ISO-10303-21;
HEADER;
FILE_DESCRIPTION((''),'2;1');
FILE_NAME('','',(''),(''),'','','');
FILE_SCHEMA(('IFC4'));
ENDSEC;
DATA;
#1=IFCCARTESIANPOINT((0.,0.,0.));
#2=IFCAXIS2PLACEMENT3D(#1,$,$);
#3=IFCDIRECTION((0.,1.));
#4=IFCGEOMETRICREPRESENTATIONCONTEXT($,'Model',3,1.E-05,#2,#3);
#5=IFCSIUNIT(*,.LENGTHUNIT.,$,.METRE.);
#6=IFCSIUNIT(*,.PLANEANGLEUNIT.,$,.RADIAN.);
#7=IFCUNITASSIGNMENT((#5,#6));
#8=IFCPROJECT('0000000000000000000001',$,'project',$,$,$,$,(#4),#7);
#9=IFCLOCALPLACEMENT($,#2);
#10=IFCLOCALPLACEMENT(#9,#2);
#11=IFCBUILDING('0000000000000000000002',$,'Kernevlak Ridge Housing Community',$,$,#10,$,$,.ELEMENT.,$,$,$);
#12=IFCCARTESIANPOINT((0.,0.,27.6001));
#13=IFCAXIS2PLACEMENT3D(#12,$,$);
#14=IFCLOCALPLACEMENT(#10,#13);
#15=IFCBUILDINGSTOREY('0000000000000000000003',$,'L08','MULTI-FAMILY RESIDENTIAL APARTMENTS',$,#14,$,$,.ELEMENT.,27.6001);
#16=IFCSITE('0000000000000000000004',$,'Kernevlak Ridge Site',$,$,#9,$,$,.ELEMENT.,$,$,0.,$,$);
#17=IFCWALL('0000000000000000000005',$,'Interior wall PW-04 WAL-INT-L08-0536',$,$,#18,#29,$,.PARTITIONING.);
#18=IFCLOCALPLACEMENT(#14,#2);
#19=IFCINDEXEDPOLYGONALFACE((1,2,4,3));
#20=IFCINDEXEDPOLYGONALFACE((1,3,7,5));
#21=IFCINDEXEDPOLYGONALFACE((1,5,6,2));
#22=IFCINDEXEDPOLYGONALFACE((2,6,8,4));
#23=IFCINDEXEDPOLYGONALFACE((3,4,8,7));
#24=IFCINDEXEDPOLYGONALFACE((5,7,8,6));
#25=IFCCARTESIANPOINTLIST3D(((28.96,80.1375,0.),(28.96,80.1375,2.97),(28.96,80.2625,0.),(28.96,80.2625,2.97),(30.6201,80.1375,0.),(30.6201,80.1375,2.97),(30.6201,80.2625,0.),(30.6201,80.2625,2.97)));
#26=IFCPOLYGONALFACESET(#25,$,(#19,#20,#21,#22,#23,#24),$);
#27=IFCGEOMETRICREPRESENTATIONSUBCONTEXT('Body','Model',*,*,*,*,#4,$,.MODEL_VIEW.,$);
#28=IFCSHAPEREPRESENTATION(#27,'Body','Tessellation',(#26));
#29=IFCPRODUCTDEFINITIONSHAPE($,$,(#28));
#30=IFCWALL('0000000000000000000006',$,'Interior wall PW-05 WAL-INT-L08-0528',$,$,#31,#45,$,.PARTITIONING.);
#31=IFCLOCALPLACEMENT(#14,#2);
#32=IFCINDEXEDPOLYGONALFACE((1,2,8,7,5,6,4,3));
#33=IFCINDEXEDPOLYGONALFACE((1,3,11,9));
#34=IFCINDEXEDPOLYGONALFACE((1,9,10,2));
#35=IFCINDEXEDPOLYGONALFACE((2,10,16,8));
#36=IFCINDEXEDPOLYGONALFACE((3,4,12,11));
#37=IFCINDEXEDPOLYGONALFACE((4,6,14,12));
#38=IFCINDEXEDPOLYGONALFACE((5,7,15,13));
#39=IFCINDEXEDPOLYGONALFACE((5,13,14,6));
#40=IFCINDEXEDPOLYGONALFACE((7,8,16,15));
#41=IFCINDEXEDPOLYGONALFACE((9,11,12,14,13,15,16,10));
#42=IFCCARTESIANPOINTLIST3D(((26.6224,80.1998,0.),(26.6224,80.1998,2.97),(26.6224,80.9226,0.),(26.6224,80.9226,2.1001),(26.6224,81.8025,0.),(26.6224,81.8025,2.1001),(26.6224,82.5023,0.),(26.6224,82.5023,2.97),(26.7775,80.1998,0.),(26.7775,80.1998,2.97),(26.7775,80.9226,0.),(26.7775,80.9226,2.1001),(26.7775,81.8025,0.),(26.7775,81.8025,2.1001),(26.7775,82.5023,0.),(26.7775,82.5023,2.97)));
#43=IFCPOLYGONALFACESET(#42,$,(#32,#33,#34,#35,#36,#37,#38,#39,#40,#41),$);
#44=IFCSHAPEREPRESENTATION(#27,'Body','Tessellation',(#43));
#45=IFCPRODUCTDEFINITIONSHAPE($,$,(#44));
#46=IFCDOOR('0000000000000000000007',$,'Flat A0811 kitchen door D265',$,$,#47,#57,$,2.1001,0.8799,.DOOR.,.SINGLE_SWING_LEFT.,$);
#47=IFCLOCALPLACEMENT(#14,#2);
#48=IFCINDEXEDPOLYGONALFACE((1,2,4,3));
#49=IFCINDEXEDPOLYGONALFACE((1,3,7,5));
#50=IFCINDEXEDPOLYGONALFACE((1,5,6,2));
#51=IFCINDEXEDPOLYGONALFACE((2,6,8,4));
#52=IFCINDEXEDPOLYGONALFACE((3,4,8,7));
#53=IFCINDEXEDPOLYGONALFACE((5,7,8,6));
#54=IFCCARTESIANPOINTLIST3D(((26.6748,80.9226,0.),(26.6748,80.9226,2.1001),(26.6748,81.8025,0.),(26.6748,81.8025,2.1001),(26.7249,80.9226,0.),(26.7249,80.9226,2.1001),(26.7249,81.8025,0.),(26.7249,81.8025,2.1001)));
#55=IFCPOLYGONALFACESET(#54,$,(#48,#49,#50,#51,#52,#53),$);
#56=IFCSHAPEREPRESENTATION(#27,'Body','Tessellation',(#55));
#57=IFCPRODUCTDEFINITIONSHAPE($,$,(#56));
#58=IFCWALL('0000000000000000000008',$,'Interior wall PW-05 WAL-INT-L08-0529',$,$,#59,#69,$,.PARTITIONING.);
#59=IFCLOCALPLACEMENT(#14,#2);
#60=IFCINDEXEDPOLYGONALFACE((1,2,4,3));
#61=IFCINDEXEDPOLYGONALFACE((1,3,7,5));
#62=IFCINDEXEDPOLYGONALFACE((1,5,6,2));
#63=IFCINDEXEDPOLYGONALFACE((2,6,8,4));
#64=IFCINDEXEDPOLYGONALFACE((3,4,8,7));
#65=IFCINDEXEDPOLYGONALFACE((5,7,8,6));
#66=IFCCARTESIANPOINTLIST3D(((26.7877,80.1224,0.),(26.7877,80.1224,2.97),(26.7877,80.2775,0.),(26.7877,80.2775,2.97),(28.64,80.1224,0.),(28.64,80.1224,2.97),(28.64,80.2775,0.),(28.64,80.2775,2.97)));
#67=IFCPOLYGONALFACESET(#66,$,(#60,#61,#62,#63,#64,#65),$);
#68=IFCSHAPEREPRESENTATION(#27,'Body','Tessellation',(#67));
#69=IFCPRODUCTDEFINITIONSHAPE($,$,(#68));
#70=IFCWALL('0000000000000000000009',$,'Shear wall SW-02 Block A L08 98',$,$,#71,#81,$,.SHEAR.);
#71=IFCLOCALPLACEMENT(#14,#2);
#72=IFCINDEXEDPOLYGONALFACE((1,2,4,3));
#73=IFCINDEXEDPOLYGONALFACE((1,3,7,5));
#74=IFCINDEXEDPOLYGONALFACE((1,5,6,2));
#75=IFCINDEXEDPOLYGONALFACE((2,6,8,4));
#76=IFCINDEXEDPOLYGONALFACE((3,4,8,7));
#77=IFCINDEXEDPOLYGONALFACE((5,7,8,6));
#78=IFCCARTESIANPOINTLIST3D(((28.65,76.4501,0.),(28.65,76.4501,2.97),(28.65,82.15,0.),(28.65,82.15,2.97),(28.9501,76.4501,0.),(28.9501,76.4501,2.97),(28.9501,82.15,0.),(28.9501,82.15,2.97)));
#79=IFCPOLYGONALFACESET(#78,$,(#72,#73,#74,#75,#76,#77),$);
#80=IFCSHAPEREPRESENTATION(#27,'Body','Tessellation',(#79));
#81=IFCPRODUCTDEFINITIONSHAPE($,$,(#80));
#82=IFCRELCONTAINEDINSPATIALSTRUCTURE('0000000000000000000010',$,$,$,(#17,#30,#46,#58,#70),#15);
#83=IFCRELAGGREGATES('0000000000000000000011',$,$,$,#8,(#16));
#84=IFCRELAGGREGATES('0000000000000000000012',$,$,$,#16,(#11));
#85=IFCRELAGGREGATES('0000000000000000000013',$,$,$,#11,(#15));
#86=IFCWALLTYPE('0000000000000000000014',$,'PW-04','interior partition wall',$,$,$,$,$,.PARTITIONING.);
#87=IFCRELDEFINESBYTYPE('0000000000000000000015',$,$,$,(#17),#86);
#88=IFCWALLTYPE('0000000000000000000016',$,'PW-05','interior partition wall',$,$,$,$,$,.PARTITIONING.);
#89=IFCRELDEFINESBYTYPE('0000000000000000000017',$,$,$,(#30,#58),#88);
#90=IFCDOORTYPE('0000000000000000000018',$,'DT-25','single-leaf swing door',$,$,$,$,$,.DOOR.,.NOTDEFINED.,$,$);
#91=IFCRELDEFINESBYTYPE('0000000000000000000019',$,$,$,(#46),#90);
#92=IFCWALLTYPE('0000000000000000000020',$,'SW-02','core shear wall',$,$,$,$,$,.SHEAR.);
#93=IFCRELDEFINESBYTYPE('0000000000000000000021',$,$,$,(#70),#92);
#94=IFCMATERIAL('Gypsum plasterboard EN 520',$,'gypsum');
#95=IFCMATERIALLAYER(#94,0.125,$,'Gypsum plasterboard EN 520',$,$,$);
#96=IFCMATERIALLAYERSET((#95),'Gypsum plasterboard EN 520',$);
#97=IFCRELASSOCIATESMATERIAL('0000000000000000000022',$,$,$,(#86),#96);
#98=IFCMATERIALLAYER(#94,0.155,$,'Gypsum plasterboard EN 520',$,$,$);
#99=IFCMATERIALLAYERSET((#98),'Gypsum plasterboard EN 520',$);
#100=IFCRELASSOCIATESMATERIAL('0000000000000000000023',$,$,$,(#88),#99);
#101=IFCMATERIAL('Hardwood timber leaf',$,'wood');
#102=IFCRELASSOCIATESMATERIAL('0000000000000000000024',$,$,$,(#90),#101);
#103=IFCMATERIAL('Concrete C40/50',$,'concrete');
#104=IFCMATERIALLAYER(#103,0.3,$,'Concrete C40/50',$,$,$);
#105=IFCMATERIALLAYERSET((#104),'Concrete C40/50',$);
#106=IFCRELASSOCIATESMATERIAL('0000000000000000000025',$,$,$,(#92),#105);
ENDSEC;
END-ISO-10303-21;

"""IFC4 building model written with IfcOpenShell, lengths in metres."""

from ifc_helpers import new_model, si_unit, direction, frame, frame_2d, origin, place, context, subcontext, project, spatial, rectangle, extrude, material, layer, layer_set, type_object, element, fill, save


model = new_model("IFC4")

# Units and contexts
model_context = context("Model", 3, precision=1e-05, world=origin(), true_north=direction((0.0, 1.0)))
body_context = subcontext(model_context, "Body", "Model", "MODEL_VIEW")
ifc_project = project(units=[si_unit("LENGTHUNIT", "METRE"), si_unit("PLANEANGLEUNIT", "RADIAN")], contexts=[model_context])

# Site, building, storey
site_placement = place(None, origin())
site = spatial("IfcSite", under=ifc_project, at=site_placement, Name="Kernevlak Ridge Site", CompositionType="ELEMENT", RefElevation=0.0)
building_placement = place(site_placement, origin())
building = spatial("IfcBuilding", under=site, at=building_placement, Name="Kernevlak Ridge Housing Community", CompositionType="ELEMENT")
storey_placement = place(building_placement, frame((0.0, 0.0, 27.6001)))
storey = spatial("IfcBuildingStorey", under=building, at=storey_placement, Name="L08", Description="MULTI-FAMILY RESIDENTIAL APARTMENTS", CompositionType="ELEMENT", Elevation=27.6001)

# Shared definitions
ifc_material_1 = material(Name="Concrete C40/50", Category="concrete")

# Wall
ifc_material_2 = material(Name="Gypsum plasterboard EN 520", Category="gypsum")
ifc_layer_1 = layer(ifc_material_2, 0.125, Name="Gypsum plasterboard EN 520")
ifc_layer_set_1 = layer_set([ifc_layer_1], Name="Gypsum plasterboard EN 520")
wall_type_1 = type_object("IfcWallType", Name="PW-04", Description="interior partition wall", PredefinedType="PARTITIONING", material=ifc_layer_set_1)
wall_1_placement = place(storey_placement, frame((28.96, 80.2, 0.0), z_axis=(0.0, 0.0, 1.0), x_axis=(1.0, 0.0, 0.0)))
element("IfcWall", 1, at=wall_1_placement, inside=storey, type_object=wall_type_1, Name="Interior wall PW-04 WAL-INT-L08-0536", PredefinedType="PARTITIONING", context=body_context, shape_type="SweptSolid", body=[
    extrude(rectangle(XDim=1.6602, YDim=0.125, at=frame_2d((0.8301, 0.0))), origin(), (0.0, 0.0, 1.0), 2.97),
])

# Wall, opening, door
ifc_layer_2 = layer(ifc_material_2, 0.155, Name="Gypsum plasterboard EN 520")
ifc_layer_set_2 = layer_set([ifc_layer_2], Name="Gypsum plasterboard EN 520")
wall_type_2 = type_object("IfcWallType", Name="PW-05", Description="interior partition wall", PredefinedType="PARTITIONING", material=ifc_layer_set_2)
wall_2_placement = place(storey_placement, frame((26.7, 82.5024, 0.0), z_axis=(0.0, 0.0, 1.0), x_axis=(0.0, -1.0, 0.0)))
wall_2 = element("IfcWall", 2, at=wall_2_placement, inside=storey, type_object=wall_type_2, Name="Interior wall PW-05 WAL-INT-L08-0528", PredefinedType="PARTITIONING", context=body_context, shape_type="SweptSolid", body=[
    extrude(rectangle(XDim=2.3025, YDim=0.155, at=frame_2d((1.1514, 0.0))), origin(), (0.0, 0.0, 1.0), 2.97),
])
opening_1_placement = place(wall_2_placement, frame((0.7, 0.0, 0.0)))
opening_1 = element("IfcOpeningElement", 3, at=opening_1_placement, cuts=wall_2, PredefinedType="OPENING", context=body_context, shape_type="SweptSolid", body=[
    extrude(rectangle(XDim=0.8799, YDim=2.1001, at=frame_2d((0.4399, 1.05))), frame((0.0, 0.0874, 0.0), z_axis=(0.0, -1.0, 0.0), x_axis=(1.0, 0.0, 0.0)), (0.0, 0.0, 1.0), 0.175),
])
ifc_material_3 = material(Name="Hardwood timber leaf", Category="wood")
door_type_1 = type_object("IfcDoorType", Name="DT-25", Description="single-leaf swing door", OperationType="NOTDEFINED", PredefinedType="DOOR", material=ifc_material_3)
door_1_placement = place(opening_1_placement, origin())
door_1 = element("IfcDoor", 4, at=door_1_placement, inside=storey, type_object=door_type_1, Name="Flat A0811 kitchen door D265", OperationType="SINGLE_SWING_LEFT", OverallHeight=2.1001, OverallWidth=0.8799, PredefinedType="DOOR", context=body_context, shape_type="SweptSolid", body=[
    extrude(rectangle(XDim=0.8799, YDim=2.1001, at=frame_2d((0.4399, 1.05))), frame((0.0, 0.0249, 0.0), z_axis=(0.0, -1.0, 0.0), x_axis=(1.0, 0.0, 0.0)), (0.0, 0.0, 1.0), 0.05),
])
fill(opening_1, door_1)

# Walls
wall_3_placement = place(storey_placement, frame((26.7876, 80.2, 0.0), z_axis=(0.0, 0.0, 1.0), x_axis=(1.0, 0.0, 0.0)))
element("IfcWall", 5, at=wall_3_placement, inside=storey, type_object=wall_type_2, Name="Interior wall PW-05 WAL-INT-L08-0529", PredefinedType="PARTITIONING", context=body_context, shape_type="SweptSolid", body=[
    extrude(rectangle(XDim=1.8523, YDim=0.155, at=frame_2d((0.9263, 0.0))), origin(), (0.0, 0.0, 1.0), 2.97),
])
ifc_layer_3 = layer(ifc_material_1, 0.3, Name="Concrete C40/50")
ifc_layer_set_3 = layer_set([ifc_layer_3], Name="Concrete C40/50")
wall_type_3 = type_object("IfcWallType", Name="SW-02", Description="core shear wall", PredefinedType="SHEAR", material=ifc_layer_set_3)
wall_4_placement = place(storey_placement, frame((28.8, 76.45, 0.0), z_axis=(0.0, 0.0, 1.0), x_axis=(0.0, 1.0, 0.0)))
element("IfcWall", 6, at=wall_4_placement, inside=storey, type_object=wall_type_3, Name="Shear wall SW-02 Block A L08 98", PredefinedType="SHEAR", context=body_context, shape_type="SweptSolid", body=[
    extrude(rectangle(XDim=5.7, YDim=0.3, at=frame_2d((2.8501, 0.0))), origin(), (0.0, 0.0, 1.0), 2.97),
])

save(model, "model.ifc")
